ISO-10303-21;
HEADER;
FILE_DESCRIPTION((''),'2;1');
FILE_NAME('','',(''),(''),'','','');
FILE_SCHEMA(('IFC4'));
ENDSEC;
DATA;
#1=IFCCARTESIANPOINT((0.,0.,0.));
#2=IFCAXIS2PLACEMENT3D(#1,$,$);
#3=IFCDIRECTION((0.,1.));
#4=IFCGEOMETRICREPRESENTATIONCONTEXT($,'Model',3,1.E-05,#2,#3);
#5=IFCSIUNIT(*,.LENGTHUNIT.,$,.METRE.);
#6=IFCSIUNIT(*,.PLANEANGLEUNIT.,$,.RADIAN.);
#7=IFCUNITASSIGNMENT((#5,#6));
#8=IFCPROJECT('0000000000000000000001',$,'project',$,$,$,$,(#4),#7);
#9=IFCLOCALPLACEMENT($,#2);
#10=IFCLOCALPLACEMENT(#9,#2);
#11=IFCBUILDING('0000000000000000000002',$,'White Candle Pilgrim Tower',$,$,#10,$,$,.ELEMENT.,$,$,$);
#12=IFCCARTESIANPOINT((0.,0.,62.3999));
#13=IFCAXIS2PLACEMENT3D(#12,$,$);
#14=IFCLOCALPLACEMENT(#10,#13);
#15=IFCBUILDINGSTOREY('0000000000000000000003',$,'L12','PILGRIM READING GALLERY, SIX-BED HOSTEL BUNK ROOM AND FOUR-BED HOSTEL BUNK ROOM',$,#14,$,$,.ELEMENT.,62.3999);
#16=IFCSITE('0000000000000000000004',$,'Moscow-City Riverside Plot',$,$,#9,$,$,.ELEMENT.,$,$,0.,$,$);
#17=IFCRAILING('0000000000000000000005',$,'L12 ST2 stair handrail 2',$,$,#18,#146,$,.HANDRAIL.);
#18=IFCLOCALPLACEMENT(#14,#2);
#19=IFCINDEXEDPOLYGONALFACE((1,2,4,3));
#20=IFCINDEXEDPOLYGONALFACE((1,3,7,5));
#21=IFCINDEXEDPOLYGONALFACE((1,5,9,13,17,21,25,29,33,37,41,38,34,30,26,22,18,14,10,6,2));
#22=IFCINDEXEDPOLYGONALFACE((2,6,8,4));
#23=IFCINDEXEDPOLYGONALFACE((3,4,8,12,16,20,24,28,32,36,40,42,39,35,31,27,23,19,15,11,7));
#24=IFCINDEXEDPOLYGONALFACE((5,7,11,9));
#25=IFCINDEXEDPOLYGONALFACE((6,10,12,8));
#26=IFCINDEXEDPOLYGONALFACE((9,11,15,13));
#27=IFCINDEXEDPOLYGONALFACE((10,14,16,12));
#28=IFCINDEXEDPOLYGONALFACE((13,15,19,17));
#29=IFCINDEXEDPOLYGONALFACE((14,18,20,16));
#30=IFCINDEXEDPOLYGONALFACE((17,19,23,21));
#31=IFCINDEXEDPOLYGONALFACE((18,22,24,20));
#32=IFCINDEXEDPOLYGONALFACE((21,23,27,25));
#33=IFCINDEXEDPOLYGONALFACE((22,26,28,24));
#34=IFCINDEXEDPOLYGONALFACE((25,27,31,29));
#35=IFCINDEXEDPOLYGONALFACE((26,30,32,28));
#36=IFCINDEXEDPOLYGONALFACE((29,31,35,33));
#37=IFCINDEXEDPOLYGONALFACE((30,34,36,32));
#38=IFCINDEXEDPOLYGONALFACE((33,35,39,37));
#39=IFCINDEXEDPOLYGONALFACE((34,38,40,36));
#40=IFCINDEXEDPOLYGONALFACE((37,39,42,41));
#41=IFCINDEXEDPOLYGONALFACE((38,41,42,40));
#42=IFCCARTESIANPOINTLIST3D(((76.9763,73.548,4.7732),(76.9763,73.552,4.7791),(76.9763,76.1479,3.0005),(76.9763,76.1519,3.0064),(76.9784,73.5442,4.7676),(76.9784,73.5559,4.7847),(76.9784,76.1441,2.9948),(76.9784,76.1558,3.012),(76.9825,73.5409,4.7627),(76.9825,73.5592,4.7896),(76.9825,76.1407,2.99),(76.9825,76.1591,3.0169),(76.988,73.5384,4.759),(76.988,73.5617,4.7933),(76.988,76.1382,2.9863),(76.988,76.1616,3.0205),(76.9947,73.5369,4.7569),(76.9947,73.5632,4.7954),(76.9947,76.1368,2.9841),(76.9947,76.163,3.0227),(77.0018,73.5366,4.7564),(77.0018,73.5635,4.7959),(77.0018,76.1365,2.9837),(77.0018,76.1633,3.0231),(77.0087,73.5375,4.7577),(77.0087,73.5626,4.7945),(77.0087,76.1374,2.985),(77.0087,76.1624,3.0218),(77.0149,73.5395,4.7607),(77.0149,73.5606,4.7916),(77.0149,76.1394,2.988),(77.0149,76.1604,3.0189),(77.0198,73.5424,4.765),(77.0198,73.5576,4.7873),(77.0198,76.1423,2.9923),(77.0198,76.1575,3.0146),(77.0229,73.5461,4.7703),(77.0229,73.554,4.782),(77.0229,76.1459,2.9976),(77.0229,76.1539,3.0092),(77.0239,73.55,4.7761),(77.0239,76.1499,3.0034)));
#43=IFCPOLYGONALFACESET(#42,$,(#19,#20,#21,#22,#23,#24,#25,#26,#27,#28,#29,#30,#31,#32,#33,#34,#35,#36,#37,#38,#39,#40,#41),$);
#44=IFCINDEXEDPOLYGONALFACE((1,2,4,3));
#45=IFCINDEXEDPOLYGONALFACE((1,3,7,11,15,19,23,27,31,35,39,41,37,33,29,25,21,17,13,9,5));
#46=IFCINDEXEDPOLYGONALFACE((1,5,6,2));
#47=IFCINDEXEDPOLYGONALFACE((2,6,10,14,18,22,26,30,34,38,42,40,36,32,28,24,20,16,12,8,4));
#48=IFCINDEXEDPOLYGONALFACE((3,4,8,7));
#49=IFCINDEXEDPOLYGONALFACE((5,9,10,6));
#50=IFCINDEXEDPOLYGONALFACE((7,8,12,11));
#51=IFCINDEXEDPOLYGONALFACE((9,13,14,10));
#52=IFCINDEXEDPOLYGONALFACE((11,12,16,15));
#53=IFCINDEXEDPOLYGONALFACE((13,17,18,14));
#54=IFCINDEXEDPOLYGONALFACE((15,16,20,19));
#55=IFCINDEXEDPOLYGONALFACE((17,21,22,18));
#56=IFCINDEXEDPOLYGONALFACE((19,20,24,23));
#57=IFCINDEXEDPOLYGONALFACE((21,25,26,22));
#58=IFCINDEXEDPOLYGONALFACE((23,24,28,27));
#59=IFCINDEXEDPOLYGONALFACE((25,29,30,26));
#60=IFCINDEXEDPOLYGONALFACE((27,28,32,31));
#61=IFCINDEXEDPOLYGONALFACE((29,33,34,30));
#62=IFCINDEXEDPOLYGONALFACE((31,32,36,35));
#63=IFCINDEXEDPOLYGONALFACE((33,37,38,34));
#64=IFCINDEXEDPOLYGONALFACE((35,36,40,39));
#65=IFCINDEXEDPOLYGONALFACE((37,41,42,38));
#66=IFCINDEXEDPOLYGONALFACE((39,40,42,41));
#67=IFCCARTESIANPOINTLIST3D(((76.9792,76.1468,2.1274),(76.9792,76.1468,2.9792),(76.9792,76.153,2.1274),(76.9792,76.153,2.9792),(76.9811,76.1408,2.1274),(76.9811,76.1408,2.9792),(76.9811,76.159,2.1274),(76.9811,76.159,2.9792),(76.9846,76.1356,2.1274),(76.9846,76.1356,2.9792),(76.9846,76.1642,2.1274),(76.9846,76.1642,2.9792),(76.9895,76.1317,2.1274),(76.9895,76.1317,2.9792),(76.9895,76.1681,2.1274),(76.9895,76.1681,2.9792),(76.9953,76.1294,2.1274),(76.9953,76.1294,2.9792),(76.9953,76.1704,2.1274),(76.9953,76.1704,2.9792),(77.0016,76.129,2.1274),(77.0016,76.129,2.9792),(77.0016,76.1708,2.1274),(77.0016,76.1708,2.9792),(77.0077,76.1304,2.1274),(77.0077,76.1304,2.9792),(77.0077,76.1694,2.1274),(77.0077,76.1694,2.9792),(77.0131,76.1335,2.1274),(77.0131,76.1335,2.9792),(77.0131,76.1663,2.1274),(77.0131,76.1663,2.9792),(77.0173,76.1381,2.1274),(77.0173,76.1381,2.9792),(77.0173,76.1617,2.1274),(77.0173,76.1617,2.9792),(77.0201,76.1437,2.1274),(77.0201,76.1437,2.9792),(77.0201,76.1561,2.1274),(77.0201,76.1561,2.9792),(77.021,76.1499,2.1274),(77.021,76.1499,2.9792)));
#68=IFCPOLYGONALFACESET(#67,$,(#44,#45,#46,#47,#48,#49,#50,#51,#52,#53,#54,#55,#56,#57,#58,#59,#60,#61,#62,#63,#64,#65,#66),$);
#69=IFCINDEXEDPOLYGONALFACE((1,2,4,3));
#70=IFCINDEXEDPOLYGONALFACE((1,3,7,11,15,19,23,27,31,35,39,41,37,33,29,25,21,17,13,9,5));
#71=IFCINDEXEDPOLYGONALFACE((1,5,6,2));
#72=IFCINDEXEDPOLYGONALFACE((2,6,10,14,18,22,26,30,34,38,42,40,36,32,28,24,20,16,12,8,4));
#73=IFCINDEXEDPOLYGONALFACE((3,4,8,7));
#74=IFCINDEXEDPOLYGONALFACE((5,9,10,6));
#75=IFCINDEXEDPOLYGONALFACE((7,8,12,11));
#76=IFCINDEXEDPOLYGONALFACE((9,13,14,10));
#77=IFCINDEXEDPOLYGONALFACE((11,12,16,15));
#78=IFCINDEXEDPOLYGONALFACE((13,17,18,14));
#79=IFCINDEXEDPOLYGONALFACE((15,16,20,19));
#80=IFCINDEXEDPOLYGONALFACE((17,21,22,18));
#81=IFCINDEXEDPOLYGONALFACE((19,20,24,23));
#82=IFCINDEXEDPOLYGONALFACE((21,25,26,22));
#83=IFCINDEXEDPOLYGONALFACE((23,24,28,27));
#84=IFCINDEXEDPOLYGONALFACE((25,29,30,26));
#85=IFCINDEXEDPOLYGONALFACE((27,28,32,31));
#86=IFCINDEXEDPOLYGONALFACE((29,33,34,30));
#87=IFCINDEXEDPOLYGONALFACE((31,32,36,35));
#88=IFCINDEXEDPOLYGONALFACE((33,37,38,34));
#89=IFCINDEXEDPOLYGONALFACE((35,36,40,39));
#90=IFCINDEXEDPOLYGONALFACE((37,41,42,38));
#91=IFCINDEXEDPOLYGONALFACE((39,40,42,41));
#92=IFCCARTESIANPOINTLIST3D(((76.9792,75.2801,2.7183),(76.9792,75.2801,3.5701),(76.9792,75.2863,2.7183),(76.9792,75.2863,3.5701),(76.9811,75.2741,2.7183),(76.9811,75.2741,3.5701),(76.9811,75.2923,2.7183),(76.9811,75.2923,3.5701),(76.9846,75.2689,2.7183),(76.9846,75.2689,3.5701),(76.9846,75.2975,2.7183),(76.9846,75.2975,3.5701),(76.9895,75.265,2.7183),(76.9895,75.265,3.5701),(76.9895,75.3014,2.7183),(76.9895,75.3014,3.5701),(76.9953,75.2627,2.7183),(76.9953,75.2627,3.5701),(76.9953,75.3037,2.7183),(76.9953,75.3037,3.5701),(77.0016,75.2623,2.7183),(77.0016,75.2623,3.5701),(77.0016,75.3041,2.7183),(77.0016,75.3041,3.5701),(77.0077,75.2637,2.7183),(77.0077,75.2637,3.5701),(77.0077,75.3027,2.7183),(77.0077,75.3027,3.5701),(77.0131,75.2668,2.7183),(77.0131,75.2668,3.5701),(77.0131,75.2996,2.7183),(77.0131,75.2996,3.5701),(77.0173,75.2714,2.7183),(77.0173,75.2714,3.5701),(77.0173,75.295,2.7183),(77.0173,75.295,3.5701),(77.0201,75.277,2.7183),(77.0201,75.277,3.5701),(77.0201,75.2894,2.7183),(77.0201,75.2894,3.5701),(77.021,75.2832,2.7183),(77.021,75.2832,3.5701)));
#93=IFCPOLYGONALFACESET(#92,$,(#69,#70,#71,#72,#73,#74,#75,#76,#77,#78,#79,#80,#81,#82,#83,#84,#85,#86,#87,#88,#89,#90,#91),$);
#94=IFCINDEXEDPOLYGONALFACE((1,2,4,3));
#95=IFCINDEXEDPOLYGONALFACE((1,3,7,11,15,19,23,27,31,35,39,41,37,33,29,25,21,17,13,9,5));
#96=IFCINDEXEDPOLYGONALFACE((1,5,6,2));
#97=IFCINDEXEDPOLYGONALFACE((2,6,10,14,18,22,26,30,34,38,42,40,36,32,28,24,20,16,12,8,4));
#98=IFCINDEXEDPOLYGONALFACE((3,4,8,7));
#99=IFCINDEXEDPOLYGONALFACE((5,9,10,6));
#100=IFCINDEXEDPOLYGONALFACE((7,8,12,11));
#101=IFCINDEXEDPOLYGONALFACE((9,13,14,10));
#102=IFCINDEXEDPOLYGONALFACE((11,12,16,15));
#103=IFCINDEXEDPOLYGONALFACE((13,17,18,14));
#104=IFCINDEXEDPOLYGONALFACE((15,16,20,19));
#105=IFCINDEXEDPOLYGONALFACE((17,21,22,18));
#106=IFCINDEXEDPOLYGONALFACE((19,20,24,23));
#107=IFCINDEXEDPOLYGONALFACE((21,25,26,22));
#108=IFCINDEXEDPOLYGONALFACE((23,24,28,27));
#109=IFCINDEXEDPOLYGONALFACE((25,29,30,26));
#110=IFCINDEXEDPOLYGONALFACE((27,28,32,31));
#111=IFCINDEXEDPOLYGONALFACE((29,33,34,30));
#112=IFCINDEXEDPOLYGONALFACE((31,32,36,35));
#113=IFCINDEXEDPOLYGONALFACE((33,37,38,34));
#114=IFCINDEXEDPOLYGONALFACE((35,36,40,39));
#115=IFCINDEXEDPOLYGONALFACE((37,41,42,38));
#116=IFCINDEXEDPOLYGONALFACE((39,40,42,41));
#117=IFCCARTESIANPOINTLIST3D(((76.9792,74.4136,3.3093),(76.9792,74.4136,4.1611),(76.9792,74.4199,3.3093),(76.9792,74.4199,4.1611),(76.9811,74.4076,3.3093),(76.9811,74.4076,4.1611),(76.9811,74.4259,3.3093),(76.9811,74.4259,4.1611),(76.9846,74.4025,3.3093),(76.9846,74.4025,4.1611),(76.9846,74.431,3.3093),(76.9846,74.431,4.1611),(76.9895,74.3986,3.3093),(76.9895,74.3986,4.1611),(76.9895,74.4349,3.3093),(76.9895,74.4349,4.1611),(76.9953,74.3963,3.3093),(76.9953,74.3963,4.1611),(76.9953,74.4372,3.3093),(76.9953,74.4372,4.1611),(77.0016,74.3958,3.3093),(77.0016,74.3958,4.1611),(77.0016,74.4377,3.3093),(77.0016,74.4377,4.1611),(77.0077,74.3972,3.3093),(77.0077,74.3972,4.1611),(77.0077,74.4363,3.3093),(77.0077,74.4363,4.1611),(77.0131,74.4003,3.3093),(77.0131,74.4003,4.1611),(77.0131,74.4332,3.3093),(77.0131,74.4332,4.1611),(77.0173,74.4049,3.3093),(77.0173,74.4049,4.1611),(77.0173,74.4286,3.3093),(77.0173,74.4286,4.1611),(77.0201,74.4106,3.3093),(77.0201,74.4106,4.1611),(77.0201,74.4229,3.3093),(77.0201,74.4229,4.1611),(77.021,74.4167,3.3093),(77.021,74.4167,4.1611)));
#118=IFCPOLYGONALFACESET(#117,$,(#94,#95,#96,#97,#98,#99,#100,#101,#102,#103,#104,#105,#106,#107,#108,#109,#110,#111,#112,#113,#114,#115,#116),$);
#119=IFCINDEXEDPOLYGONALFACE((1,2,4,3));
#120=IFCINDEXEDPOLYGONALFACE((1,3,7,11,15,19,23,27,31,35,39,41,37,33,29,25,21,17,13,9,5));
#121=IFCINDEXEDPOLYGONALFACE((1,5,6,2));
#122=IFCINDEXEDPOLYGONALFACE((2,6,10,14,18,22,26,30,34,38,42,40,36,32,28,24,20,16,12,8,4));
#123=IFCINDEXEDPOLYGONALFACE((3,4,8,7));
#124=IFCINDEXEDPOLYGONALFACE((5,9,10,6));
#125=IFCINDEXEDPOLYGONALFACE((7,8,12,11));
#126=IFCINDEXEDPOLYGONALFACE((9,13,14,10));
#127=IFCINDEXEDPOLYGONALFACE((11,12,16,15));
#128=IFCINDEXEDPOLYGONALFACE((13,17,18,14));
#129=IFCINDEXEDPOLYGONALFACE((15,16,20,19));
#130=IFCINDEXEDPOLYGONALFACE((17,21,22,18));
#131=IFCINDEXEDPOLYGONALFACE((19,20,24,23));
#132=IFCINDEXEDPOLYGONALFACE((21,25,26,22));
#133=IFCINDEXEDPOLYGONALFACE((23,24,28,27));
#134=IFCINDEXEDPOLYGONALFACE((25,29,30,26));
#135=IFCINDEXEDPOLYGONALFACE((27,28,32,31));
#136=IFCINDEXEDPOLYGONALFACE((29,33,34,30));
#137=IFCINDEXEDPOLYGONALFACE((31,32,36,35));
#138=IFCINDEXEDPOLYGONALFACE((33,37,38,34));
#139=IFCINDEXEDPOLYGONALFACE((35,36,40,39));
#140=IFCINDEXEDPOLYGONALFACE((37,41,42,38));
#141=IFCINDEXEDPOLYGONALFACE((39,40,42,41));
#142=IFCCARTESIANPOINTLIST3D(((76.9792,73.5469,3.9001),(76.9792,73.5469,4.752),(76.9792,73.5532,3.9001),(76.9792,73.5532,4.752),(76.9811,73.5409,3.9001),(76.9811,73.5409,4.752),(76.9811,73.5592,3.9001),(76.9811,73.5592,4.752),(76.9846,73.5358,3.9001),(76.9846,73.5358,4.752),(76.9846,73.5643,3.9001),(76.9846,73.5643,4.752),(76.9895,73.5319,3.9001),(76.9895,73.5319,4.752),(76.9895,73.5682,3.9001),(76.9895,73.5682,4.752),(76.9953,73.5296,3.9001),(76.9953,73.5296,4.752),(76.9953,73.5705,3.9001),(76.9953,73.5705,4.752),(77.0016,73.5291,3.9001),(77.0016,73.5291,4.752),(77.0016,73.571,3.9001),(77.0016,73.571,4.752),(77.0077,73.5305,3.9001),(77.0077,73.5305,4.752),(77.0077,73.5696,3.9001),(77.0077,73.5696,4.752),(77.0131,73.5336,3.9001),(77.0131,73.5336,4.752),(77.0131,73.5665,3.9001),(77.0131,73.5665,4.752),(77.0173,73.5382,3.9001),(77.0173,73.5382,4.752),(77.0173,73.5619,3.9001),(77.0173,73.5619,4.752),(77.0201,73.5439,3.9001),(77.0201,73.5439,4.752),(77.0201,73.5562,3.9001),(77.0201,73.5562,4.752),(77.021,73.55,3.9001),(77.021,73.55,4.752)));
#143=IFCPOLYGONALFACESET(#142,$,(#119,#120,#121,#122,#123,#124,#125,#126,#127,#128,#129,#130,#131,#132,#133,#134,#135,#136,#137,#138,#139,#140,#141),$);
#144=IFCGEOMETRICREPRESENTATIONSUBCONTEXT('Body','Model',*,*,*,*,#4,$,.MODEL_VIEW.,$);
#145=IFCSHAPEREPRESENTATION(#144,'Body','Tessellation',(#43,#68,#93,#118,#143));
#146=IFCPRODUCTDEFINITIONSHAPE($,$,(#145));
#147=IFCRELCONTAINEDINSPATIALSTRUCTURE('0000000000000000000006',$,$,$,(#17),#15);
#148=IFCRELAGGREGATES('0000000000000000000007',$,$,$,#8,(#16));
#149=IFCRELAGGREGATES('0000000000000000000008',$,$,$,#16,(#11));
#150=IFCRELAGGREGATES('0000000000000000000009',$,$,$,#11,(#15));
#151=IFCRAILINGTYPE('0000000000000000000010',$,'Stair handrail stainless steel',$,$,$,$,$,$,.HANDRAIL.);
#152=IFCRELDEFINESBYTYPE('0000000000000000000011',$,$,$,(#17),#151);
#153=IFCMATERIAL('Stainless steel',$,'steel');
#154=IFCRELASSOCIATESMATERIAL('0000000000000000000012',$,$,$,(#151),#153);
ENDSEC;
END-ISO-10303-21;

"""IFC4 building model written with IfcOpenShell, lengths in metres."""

from ifc_helpers import new_model, si_unit, direction, frame, origin, origin_2d, place, context, subcontext, project, spatial, circle, extrude, material, type_object, element, save


model = new_model("IFC4")

# Units and contexts
model_context = context("Model", 3, precision=1e-05, world=origin(), true_north=direction((0.0, 1.0)))
body_context = subcontext(model_context, "Body", "Model", "MODEL_VIEW")
ifc_project = project(units=[si_unit("LENGTHUNIT", "METRE"), si_unit("PLANEANGLEUNIT", "RADIAN")], contexts=[model_context])

# Site, building, storey
site_placement = place(None, origin())
site = spatial("IfcSite", under=ifc_project, at=site_placement, Name="Moscow-City Riverside Plot", CompositionType="ELEMENT", RefElevation=0.0)
building_placement = place(site_placement, origin())
building = spatial("IfcBuilding", under=site, at=building_placement, Name="White Candle Pilgrim Tower", CompositionType="ELEMENT")
storey_placement = place(building_placement, frame((0.0, 0.0, 62.3999)))
storey = spatial("IfcBuildingStorey", under=building, at=storey_placement, Name="L12", Description="PILGRIM READING GALLERY, SIX-BED HOSTEL BUNK ROOM AND FOUR-BED HOSTEL BUNK ROOM", CompositionType="ELEMENT", Elevation=62.3999)

# Railing
ifc_material_1 = material(Name="Stainless steel", Category="steel")
railing_type_1 = type_object("IfcRailingType", Name="Stair handrail stainless steel", PredefinedType="HANDRAIL", material=ifc_material_1)
railing_1_placement = place(storey_placement, frame((77.0, 76.1499, 2.1274)))
element("IfcRailing", 1, at=railing_1_placement, inside=storey, type_object=railing_type_1, Name="L12 ST2 stair handrail 2", PredefinedType="HANDRAIL", context=body_context, shape_type="SweptSolid", body=[
    extrude(circle(Radius=0.0239, at=origin_2d()), frame((0.0, 0.0, 0.876), z_axis=(0.0, -0.826216, 0.563354), x_axis=(1.0, 0.0, 0.0)), (0.0, 0.0, 1.0), 3.1467),
    extrude(circle(Radius=0.021, at=origin_2d()), origin(), (0.0, 0.0, 1.0), 0.8518),
    extrude(circle(Radius=0.021, at=origin_2d()), frame((0.0, -0.8667, 0.5908)), (0.0, 0.0, 1.0), 0.8518),
    extrude(circle(Radius=0.021, at=origin_2d()), frame((0.0, -1.7332, 1.1819)), (0.0, 0.0, 1.0), 0.8518),
    extrude(circle(Radius=0.021, at=origin_2d()), frame((0.0, -2.5999, 1.7727)), (0.0, 0.0, 1.0), 0.8518),
])

save(model, "model.ifc")
